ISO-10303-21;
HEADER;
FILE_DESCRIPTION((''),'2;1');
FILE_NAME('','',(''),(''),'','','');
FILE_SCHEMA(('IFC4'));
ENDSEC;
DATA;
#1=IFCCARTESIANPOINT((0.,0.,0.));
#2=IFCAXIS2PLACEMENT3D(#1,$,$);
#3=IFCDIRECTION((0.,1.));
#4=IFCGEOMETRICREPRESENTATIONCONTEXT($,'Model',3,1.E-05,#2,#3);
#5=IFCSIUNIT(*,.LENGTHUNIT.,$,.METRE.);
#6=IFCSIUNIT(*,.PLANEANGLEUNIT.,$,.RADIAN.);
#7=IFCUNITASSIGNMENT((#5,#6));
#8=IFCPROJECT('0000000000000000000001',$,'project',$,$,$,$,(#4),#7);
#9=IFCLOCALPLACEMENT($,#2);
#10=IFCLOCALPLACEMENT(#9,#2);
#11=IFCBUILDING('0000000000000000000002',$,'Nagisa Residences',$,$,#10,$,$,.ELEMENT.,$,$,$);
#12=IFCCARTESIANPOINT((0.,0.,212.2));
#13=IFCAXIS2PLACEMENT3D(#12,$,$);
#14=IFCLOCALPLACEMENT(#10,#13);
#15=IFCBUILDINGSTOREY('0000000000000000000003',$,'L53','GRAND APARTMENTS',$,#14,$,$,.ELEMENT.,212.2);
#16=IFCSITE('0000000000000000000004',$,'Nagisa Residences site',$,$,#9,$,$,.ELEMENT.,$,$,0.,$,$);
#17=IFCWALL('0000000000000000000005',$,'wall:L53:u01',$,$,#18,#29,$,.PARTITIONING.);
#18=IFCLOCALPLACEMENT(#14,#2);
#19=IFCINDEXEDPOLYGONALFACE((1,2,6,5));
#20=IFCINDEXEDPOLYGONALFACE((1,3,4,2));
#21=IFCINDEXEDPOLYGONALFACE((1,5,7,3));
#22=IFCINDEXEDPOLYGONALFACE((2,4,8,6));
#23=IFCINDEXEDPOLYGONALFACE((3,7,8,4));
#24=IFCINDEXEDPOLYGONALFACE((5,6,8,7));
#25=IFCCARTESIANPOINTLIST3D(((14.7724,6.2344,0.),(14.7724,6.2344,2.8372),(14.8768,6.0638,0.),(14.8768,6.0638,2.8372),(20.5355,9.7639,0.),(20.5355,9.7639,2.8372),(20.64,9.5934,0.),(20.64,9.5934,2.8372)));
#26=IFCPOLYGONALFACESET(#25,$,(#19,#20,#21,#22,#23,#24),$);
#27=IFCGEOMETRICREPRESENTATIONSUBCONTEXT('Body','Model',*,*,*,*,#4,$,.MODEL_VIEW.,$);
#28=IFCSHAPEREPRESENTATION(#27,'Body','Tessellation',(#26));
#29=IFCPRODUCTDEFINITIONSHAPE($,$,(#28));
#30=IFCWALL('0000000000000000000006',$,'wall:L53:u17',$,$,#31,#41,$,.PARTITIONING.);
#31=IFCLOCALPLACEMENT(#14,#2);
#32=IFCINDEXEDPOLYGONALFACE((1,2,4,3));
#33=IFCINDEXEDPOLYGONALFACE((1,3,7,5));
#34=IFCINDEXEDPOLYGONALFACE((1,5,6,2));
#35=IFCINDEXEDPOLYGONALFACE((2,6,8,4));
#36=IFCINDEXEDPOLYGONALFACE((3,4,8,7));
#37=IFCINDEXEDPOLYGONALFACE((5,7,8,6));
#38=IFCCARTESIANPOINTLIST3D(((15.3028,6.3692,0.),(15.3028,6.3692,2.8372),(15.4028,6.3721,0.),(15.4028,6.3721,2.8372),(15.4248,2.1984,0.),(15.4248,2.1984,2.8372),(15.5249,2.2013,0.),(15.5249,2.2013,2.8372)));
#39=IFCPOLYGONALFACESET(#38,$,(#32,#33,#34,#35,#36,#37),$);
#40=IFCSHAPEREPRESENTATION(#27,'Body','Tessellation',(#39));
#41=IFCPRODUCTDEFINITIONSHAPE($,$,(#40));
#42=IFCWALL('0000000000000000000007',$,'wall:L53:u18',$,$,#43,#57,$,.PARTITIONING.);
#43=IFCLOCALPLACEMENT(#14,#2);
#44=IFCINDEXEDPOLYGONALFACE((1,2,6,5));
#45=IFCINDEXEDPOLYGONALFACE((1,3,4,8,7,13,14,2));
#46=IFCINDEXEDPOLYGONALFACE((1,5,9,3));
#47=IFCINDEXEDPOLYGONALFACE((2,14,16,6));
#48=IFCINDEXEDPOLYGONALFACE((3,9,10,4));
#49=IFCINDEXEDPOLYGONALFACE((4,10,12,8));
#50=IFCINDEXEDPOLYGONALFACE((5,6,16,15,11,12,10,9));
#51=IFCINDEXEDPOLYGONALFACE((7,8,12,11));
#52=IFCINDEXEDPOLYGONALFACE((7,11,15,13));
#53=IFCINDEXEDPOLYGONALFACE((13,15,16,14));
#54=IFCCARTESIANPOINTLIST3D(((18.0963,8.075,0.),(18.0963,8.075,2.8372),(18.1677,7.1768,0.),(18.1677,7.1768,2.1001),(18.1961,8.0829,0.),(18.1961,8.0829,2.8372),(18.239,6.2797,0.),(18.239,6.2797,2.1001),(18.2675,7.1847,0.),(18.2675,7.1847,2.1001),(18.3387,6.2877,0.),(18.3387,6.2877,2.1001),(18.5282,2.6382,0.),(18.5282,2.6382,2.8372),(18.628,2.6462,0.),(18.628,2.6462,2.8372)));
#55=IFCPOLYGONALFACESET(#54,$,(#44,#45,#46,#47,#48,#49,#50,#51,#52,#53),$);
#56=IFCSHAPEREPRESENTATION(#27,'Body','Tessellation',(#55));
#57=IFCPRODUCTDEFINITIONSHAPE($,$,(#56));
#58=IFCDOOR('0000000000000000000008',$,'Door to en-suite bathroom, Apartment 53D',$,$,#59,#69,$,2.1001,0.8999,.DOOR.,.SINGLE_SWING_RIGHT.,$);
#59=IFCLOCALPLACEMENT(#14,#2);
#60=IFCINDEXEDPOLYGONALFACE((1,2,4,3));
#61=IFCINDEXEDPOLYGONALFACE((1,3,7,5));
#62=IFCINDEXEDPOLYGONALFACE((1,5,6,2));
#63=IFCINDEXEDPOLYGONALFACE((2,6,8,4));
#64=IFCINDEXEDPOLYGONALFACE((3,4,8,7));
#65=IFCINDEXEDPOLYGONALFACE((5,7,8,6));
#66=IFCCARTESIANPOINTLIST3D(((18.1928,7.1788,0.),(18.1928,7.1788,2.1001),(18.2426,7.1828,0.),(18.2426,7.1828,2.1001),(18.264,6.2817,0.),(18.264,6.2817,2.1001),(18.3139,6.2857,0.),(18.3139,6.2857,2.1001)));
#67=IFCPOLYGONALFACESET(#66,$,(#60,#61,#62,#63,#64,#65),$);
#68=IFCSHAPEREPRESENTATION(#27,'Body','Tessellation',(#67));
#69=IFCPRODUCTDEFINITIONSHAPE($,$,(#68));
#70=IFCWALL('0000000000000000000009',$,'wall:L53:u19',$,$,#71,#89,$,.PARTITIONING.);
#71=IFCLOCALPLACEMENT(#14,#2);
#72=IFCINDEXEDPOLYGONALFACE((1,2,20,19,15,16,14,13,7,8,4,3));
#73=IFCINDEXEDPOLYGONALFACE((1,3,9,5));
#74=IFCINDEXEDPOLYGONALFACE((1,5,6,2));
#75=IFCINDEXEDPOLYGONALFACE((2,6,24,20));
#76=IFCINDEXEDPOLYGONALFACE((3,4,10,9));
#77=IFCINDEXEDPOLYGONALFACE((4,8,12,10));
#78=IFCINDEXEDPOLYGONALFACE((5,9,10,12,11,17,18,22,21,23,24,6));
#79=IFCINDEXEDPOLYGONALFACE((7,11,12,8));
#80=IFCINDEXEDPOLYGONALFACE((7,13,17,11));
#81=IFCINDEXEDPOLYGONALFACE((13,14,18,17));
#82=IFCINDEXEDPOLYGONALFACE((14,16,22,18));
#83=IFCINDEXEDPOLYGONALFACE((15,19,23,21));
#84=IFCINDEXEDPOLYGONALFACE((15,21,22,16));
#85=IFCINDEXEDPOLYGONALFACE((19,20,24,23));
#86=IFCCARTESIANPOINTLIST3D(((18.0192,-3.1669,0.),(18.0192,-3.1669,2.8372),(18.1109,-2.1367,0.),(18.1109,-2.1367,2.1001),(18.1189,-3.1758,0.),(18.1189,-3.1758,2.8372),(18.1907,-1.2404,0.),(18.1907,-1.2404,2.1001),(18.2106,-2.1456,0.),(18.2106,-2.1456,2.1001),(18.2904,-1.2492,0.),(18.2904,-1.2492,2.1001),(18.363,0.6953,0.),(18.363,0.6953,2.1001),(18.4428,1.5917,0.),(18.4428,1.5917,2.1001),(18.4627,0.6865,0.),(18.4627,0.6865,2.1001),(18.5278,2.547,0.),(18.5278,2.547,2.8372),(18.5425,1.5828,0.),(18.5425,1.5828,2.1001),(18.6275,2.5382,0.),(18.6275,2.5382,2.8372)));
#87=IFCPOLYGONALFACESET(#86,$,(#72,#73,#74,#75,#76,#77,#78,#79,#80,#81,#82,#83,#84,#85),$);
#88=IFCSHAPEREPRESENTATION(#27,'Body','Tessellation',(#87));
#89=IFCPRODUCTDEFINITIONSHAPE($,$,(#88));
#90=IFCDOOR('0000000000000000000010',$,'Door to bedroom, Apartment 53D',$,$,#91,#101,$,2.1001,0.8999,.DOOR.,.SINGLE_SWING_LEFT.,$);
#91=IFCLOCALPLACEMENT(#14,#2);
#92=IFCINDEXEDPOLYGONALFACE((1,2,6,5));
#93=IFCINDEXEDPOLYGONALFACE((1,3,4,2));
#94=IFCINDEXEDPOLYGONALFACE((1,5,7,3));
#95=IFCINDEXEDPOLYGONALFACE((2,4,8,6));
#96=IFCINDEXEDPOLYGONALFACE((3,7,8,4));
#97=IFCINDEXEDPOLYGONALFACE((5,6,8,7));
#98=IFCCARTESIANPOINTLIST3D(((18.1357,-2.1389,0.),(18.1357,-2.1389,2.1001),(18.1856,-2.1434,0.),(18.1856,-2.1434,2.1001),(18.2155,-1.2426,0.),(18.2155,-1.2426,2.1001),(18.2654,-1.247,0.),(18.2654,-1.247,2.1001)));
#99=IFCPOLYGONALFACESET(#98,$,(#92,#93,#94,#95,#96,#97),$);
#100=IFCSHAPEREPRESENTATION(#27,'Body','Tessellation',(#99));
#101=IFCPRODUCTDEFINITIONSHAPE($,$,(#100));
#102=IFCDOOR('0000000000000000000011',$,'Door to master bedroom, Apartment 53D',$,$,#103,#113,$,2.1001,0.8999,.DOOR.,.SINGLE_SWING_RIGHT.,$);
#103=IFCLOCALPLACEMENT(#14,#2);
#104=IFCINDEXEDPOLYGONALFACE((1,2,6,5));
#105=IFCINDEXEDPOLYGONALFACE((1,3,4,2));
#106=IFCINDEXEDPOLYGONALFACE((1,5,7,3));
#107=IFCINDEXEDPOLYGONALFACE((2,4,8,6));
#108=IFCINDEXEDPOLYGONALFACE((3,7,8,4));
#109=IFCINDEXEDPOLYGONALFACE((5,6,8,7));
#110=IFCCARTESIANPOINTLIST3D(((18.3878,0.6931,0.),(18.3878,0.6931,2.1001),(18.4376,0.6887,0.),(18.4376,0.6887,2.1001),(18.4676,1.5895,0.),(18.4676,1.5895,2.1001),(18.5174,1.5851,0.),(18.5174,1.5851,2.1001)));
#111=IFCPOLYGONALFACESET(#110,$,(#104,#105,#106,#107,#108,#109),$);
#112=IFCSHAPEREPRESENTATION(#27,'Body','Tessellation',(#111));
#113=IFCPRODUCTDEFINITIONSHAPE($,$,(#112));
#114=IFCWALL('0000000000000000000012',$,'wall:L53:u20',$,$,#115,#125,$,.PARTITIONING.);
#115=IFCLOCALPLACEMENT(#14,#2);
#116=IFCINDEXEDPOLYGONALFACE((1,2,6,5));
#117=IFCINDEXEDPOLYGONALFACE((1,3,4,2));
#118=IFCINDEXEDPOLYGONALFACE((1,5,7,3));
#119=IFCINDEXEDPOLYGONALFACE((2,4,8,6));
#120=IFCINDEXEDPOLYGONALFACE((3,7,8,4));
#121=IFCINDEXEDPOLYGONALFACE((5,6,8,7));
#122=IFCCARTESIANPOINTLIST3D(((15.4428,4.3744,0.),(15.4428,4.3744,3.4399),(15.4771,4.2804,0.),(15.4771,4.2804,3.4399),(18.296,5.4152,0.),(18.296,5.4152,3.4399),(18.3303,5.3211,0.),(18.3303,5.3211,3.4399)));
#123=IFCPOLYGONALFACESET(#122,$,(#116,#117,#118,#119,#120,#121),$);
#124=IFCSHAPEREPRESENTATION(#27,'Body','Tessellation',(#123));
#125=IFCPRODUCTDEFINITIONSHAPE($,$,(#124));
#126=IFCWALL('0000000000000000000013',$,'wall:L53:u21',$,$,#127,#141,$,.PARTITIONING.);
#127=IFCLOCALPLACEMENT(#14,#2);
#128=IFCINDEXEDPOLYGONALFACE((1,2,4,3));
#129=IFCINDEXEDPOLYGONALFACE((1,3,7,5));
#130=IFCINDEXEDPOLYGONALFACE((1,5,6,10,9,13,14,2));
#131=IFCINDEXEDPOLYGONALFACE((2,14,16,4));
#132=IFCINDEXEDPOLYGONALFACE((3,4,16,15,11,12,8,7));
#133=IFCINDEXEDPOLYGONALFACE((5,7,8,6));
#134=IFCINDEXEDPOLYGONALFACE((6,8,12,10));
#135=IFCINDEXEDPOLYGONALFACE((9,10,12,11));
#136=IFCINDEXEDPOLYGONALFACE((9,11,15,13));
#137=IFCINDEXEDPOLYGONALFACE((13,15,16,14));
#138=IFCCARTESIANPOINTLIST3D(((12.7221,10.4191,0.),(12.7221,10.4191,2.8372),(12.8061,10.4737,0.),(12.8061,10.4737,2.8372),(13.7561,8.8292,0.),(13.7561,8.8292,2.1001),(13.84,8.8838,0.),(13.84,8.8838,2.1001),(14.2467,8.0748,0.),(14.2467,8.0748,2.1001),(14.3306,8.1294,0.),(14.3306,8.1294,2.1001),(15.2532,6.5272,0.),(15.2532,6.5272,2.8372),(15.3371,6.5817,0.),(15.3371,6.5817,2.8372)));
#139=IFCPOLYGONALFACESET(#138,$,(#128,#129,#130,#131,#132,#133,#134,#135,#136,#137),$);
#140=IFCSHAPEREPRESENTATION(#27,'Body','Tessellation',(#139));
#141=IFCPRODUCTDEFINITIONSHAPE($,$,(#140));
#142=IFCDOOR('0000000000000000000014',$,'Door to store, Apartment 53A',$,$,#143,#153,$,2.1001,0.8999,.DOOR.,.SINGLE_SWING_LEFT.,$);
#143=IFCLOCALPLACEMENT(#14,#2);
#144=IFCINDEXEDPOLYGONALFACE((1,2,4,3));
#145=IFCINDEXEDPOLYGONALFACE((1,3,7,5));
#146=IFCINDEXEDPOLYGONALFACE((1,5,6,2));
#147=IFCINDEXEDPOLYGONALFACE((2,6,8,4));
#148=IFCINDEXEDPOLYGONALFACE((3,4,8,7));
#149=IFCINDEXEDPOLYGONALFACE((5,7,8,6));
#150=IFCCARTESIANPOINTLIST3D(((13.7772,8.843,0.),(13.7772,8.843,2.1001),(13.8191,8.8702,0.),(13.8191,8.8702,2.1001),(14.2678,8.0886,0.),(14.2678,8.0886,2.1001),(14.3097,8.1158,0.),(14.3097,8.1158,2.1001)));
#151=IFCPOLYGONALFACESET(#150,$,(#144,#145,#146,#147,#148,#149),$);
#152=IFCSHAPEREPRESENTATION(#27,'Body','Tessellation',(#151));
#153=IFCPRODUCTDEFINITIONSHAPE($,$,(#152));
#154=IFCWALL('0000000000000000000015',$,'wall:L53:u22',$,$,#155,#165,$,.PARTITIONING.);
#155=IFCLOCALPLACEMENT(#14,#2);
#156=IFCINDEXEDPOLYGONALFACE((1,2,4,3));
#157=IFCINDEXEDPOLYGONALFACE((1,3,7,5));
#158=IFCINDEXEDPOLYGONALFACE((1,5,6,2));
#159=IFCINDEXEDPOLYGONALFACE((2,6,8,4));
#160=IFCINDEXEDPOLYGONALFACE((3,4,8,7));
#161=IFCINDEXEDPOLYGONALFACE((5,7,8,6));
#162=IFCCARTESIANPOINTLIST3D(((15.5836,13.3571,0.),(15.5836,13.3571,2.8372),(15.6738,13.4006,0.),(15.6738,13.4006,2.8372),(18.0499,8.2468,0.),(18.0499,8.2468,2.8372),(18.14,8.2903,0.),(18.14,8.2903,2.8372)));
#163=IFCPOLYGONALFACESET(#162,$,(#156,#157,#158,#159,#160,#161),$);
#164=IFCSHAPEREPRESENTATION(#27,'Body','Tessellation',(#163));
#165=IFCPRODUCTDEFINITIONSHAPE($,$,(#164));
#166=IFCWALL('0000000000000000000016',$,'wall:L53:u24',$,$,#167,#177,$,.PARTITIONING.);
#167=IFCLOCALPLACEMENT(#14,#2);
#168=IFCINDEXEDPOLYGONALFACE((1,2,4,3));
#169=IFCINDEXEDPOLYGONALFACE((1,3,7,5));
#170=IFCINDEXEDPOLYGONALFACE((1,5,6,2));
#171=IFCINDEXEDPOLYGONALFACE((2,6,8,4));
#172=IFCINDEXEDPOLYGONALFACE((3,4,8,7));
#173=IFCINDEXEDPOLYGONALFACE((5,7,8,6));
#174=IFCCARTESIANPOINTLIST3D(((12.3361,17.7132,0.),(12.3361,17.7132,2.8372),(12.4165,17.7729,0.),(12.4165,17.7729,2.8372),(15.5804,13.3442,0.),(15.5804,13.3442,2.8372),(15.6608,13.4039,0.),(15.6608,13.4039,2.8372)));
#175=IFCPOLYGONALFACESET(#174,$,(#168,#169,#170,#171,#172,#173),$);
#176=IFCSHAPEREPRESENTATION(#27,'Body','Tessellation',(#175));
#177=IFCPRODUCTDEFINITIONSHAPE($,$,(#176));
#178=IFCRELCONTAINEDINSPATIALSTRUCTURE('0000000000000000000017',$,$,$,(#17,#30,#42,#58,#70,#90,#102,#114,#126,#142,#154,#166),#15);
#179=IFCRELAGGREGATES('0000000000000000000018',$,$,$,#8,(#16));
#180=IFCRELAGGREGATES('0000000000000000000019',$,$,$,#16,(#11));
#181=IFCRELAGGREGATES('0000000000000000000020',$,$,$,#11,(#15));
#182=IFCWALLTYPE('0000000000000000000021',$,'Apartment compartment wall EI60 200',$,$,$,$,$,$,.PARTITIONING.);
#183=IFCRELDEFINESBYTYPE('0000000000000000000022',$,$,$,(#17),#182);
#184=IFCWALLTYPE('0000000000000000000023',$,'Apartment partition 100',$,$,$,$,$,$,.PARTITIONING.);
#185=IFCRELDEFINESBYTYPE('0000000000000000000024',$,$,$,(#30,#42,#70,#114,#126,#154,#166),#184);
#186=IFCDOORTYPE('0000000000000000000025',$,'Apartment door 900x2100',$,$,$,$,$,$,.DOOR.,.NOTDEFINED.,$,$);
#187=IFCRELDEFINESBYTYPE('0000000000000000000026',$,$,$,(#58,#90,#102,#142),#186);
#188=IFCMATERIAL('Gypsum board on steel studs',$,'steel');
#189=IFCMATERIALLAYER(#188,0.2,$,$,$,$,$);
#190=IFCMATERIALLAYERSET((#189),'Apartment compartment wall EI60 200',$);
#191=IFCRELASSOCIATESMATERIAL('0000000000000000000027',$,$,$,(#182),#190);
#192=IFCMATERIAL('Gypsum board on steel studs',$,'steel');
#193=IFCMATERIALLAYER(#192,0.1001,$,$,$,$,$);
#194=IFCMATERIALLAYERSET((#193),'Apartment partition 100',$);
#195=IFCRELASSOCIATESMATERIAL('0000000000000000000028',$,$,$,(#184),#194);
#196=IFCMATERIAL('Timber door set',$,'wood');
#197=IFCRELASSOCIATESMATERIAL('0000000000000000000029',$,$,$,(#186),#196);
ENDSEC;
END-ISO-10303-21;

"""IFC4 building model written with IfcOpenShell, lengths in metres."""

from ifc_helpers import new_model, si_unit, direction, frame, frame_2d, origin, place, context, subcontext, project, spatial, rectangle, extrude, material, layer, layer_set, type_object, element, fill, save


model = new_model("IFC4")

# Units and contexts
model_context = context("Model", 3, precision=1e-05, world=origin(), true_north=direction((0.0, 1.0)))
body_context = subcontext(model_context, "Body", "Model", "MODEL_VIEW")
ifc_project = project(units=[si_unit("LENGTHUNIT", "METRE"), si_unit("PLANEANGLEUNIT", "RADIAN")], contexts=[model_context])

# Site, building, storey
site_placement = place(None, origin())
site = spatial("IfcSite", under=ifc_project, at=site_placement, Name="Nagisa Residences site", CompositionType="ELEMENT", RefElevation=0.0)
building_placement = place(site_placement, origin())
building = spatial("IfcBuilding", under=site, at=building_placement, Name="Nagisa Residences", CompositionType="ELEMENT")
storey_placement = place(building_placement, frame((0.0, 0.0, 212.2)))
storey = spatial("IfcBuildingStorey", under=building, at=storey_placement, Name="L53", Description="GRAND APARTMENTS", CompositionType="ELEMENT", Elevation=212.2)

# Walls
ifc_material_1 = material(Name="Gypsum board on steel studs", Category="steel")
ifc_layer_1 = layer(ifc_material_1, 0.2)
ifc_layer_set_1 = layer_set([ifc_layer_1], Name="Apartment compartment wall EI60 200")
wall_type_1 = type_object("IfcWallType", Name="Apartment compartment wall EI60 200", PredefinedType="PARTITIONING", material=ifc_layer_set_1)
wall_1_placement = place(storey_placement, frame((14.8247, 6.1492, 0.0), z_axis=(0.0, 0.0, 1.0), x_axis=(0.852781, 0.522268, 0.0)))
element("IfcWall", 1, at=wall_1_placement, inside=storey, type_object=wall_type_1, Name="wall:L53:u01", PredefinedType="PARTITIONING", context=body_context, shape_type="SweptSolid", body=[
    extrude(rectangle(XDim=6.7581, YDim=0.2, at=frame_2d((3.3789, 0.0))), origin(), (0.0, 0.0, 1.0), 2.8372),
])
ifc_material_2 = material(Name="Gypsum board on steel studs", Category="steel")
ifc_layer_2 = layer(ifc_material_2, 0.1001)
ifc_layer_set_2 = layer_set([ifc_layer_2], Name="Apartment partition 100")
wall_type_2 = type_object("IfcWallType", Name="Apartment partition 100", PredefinedType="PARTITIONING", material=ifc_layer_set_2)
wall_2_placement = place(storey_placement, frame((15.4749, 2.1997, 0.0), z_axis=(0.0, 0.0, 1.0), x_axis=(-0.029255, 0.999572, 0.0)))
element("IfcWall", 2, at=wall_2_placement, inside=storey, type_object=wall_type_2, Name="wall:L53:u17", PredefinedType="PARTITIONING", context=body_context, shape_type="SweptSolid", body=[
    extrude(rectangle(XDim=4.1726, YDim=0.1001, at=frame_2d((2.0864, 0.0))), origin(), (0.0, 0.0, 1.0), 2.8372),
])

# Wall, opening, door
wall_3_placement = place(storey_placement, frame((18.5781, 2.6421, 0.0), z_axis=(0.0, 0.0, 1.0), x_axis=(-0.079188, 0.99686, 0.0)))
wall_3 = element("IfcWall", 3, at=wall_3_placement, inside=storey, type_object=wall_type_2, Name="wall:L53:u18", PredefinedType="PARTITIONING", context=body_context, shape_type="SweptSolid", body=[
    extrude(rectangle(XDim=5.4539, YDim=0.1001, at=frame_2d((2.7271, 0.0))), origin(), (0.0, 0.0, 1.0), 2.8372),
])
opening_1_placement = place(wall_3_placement, frame((3.6531, 0.0, 0.0)))
opening_1 = element("IfcOpeningElement", 4, at=opening_1_placement, cuts=wall_3, PredefinedType="OPENING", context=body_context, shape_type="SweptSolid", body=[
    extrude(rectangle(XDim=0.8999, YDim=2.1001, at=frame_2d((0.45, 1.05))), frame((0.0, 0.0601, 0.0), z_axis=(0.0, -1.0, 0.0), x_axis=(1.0, 0.0, 0.0)), (0.0, 0.0, 1.0), 0.1201),
])
ifc_material_3 = material(Name="Timber door set", Category="wood")
door_type_1 = type_object("IfcDoorType", Name="Apartment door 900x2100", OperationType="NOTDEFINED", PredefinedType="DOOR", material=ifc_material_3)
door_1_placement = place(opening_1_placement, origin())
door_1 = element("IfcDoor", 5, at=door_1_placement, inside=storey, type_object=door_type_1, Name="Door to en-suite bathroom, Apartment 53D", OperationType="SINGLE_SWING_RIGHT", OverallHeight=2.1001, OverallWidth=0.8999, PredefinedType="DOOR", context=body_context, shape_type="SweptSolid", body=[
    extrude(rectangle(XDim=0.8999, YDim=2.1001, at=frame_2d((0.45, 1.05))), frame((0.0, 0.0249, 0.0), z_axis=(0.0, -1.0, 0.0), x_axis=(1.0, 0.0, 0.0)), (0.0, 0.0, 1.0), 0.05),
])
fill(opening_1, door_1)

# Wall, openings, doors
wall_4_placement = place(storey_placement, frame((18.5776, 2.5425, 0.0), z_axis=(0.0, 0.0, 1.0), x_axis=(-0.088651, -0.996063, 0.0)))
wall_4 = element("IfcWall", 6, at=wall_4_placement, inside=storey, type_object=wall_type_2, Name="wall:L53:u19", PredefinedType="PARTITIONING", context=body_context, shape_type="SweptSolid", body=[
    extrude(rectangle(XDim=5.7366, YDim=0.1001, at=frame_2d((2.8682, 0.0))), origin(), (0.0, 0.0, 1.0), 2.8372),
])
opening_2_placement = place(wall_4_placement, frame((3.8022, 0.0, 0.0)))
opening_2 = element("IfcOpeningElement", 7, at=opening_2_placement, cuts=wall_4, PredefinedType="OPENING", context=body_context, shape_type="SweptSolid", body=[
    extrude(rectangle(XDim=0.8999, YDim=2.1001, at=frame_2d((0.45, 1.05))), frame((0.0, 0.0601, 0.0), z_axis=(0.0, -1.0, 0.0), x_axis=(1.0, 0.0, 0.0)), (0.0, 0.0, 1.0), 0.1201),
])
opening_3_placement = place(wall_4_placement, frame((0.959, 0.0, 0.0)))
opening_3 = element("IfcOpeningElement", 8, at=opening_3_placement, cuts=wall_4, PredefinedType="OPENING", context=body_context, shape_type="SweptSolid", body=[
    extrude(rectangle(XDim=0.8999, YDim=2.1001, at=frame_2d((0.45, 1.05))), frame((0.0, 0.0601, 0.0), z_axis=(0.0, -1.0, 0.0), x_axis=(1.0, 0.0, 0.0)), (0.0, 0.0, 1.0), 0.1201),
])
door_2_placement = place(opening_2_placement, origin())
door_2 = element("IfcDoor", 9, at=door_2_placement, inside=storey, type_object=door_type_1, Name="Door to bedroom, Apartment 53D", OperationType="SINGLE_SWING_LEFT", OverallHeight=2.1001, OverallWidth=0.8999, PredefinedType="DOOR", context=body_context, shape_type="SweptSolid", body=[
    extrude(rectangle(XDim=0.8999, YDim=2.1001, at=frame_2d((0.45, 1.05))), frame((0.0, 0.0249, 0.0), z_axis=(0.0, -1.0, 0.0), x_axis=(1.0, 0.0, 0.0)), (0.0, 0.0, 1.0), 0.05),
])
fill(opening_2, door_2)
door_3_placement = place(opening_3_placement, origin())
door_3 = element("IfcDoor", 10, at=door_3_placement, inside=storey, type_object=door_type_1, Name="Door to master bedroom, Apartment 53D", OperationType="SINGLE_SWING_RIGHT", OverallHeight=2.1001, OverallWidth=0.8999, PredefinedType="DOOR", context=body_context, shape_type="SweptSolid", body=[
    extrude(rectangle(XDim=0.8999, YDim=2.1001, at=frame_2d((0.45, 1.05))), frame((0.0, 0.0249, 0.0), z_axis=(0.0, -1.0, 0.0), x_axis=(1.0, 0.0, 0.0)), (0.0, 0.0, 1.0), 0.05),
])
fill(opening_3, door_3)

# Wall
wall_5_placement = place(storey_placement, frame((15.46, 4.3274, 0.0), z_axis=(0.0, 0.0, 1.0), x_axis=(0.939453, 0.342679, 0.0)))
element("IfcWall", 11, at=wall_5_placement, inside=storey, type_object=wall_type_2, Name="wall:L53:u20", PredefinedType="PARTITIONING", context=body_context, shape_type="SweptSolid", body=[
    extrude(rectangle(XDim=3.0371, YDim=0.1001, at=frame_2d((1.5186, 0.0))), origin(), (0.0, 0.0, 1.0), 3.4399),
])

# Wall, opening, door
wall_6_placement = place(storey_placement, frame((15.2952, 6.5544, 0.0), z_axis=(0.0, 0.0, 1.0), x_axis=(-0.545186, 0.838315, 0.0)))
wall_6 = element("IfcWall", 12, at=wall_6_placement, inside=storey, type_object=wall_type_2, Name="wall:L53:u21", PredefinedType="PARTITIONING", context=body_context, shape_type="SweptSolid", body=[
    extrude(rectangle(XDim=4.6426, YDim=0.1001, at=frame_2d((2.3213, 0.0))), origin(), (0.0, 0.0, 1.0), 2.8372),
])
opening_4_placement = place(wall_6_placement, frame((1.8462, 0.0, 0.0)))
opening_4 = element("IfcOpeningElement", 13, at=opening_4_placement, cuts=wall_6, PredefinedType="OPENING", context=body_context, shape_type="SweptSolid", body=[
    extrude(rectangle(XDim=0.8999, YDim=2.1001, at=frame_2d((0.45, 1.05))), frame((0.0, 0.0601, 0.0), z_axis=(0.0, -1.0, 0.0), x_axis=(1.0, 0.0, 0.0)), (0.0, 0.0, 1.0), 0.1201),
])
door_4_placement = place(opening_4_placement, origin())
door_4 = element("IfcDoor", 14, at=door_4_placement, inside=storey, type_object=door_type_1, Name="Door to store, Apartment 53A", OperationType="SINGLE_SWING_LEFT", OverallHeight=2.1001, OverallWidth=0.8999, PredefinedType="DOOR", context=body_context, shape_type="SweptSolid", body=[
    extrude(rectangle(XDim=0.8999, YDim=2.1001, at=frame_2d((0.45, 1.05))), frame((0.0, 0.0249, 0.0), z_axis=(0.0, -1.0, 0.0), x_axis=(1.0, 0.0, 0.0)), (0.0, 0.0, 1.0), 0.05),
])
fill(opening_4, door_4)

# Walls
wall_7_placement = place(storey_placement, frame((18.095, 8.2686, 0.0), z_axis=(0.0, 0.0, 1.0), x_axis=(-0.434641, 0.900604, 0.0)))
element("IfcWall", 15, at=wall_7_placement, inside=storey, type_object=wall_type_2, Name="wall:L53:u22", PredefinedType="PARTITIONING", context=body_context, shape_type="SweptSolid", body=[
    extrude(rectangle(XDim=5.6743, YDim=0.1001, at=frame_2d((2.8372, 0.0))), origin(), (0.0, 0.0, 1.0), 2.8372),
])
wall_8_placement = place(storey_placement, frame((15.6206, 13.374, 0.0), z_axis=(0.0, 0.0, 1.0), x_axis=(-0.596174, 0.802855, 0.0)))
element("IfcWall", 16, at=wall_8_placement, inside=storey, type_object=wall_type_2, Name="wall:L53:u24", PredefinedType="PARTITIONING", context=body_context, shape_type="SweptSolid", body=[
    extrude(rectangle(XDim=5.4419, YDim=0.1001, at=frame_2d((2.7209, 0.0))), origin(), (0.0, 0.0, 1.0), 2.8372),
])

save(model, "model.ifc")
